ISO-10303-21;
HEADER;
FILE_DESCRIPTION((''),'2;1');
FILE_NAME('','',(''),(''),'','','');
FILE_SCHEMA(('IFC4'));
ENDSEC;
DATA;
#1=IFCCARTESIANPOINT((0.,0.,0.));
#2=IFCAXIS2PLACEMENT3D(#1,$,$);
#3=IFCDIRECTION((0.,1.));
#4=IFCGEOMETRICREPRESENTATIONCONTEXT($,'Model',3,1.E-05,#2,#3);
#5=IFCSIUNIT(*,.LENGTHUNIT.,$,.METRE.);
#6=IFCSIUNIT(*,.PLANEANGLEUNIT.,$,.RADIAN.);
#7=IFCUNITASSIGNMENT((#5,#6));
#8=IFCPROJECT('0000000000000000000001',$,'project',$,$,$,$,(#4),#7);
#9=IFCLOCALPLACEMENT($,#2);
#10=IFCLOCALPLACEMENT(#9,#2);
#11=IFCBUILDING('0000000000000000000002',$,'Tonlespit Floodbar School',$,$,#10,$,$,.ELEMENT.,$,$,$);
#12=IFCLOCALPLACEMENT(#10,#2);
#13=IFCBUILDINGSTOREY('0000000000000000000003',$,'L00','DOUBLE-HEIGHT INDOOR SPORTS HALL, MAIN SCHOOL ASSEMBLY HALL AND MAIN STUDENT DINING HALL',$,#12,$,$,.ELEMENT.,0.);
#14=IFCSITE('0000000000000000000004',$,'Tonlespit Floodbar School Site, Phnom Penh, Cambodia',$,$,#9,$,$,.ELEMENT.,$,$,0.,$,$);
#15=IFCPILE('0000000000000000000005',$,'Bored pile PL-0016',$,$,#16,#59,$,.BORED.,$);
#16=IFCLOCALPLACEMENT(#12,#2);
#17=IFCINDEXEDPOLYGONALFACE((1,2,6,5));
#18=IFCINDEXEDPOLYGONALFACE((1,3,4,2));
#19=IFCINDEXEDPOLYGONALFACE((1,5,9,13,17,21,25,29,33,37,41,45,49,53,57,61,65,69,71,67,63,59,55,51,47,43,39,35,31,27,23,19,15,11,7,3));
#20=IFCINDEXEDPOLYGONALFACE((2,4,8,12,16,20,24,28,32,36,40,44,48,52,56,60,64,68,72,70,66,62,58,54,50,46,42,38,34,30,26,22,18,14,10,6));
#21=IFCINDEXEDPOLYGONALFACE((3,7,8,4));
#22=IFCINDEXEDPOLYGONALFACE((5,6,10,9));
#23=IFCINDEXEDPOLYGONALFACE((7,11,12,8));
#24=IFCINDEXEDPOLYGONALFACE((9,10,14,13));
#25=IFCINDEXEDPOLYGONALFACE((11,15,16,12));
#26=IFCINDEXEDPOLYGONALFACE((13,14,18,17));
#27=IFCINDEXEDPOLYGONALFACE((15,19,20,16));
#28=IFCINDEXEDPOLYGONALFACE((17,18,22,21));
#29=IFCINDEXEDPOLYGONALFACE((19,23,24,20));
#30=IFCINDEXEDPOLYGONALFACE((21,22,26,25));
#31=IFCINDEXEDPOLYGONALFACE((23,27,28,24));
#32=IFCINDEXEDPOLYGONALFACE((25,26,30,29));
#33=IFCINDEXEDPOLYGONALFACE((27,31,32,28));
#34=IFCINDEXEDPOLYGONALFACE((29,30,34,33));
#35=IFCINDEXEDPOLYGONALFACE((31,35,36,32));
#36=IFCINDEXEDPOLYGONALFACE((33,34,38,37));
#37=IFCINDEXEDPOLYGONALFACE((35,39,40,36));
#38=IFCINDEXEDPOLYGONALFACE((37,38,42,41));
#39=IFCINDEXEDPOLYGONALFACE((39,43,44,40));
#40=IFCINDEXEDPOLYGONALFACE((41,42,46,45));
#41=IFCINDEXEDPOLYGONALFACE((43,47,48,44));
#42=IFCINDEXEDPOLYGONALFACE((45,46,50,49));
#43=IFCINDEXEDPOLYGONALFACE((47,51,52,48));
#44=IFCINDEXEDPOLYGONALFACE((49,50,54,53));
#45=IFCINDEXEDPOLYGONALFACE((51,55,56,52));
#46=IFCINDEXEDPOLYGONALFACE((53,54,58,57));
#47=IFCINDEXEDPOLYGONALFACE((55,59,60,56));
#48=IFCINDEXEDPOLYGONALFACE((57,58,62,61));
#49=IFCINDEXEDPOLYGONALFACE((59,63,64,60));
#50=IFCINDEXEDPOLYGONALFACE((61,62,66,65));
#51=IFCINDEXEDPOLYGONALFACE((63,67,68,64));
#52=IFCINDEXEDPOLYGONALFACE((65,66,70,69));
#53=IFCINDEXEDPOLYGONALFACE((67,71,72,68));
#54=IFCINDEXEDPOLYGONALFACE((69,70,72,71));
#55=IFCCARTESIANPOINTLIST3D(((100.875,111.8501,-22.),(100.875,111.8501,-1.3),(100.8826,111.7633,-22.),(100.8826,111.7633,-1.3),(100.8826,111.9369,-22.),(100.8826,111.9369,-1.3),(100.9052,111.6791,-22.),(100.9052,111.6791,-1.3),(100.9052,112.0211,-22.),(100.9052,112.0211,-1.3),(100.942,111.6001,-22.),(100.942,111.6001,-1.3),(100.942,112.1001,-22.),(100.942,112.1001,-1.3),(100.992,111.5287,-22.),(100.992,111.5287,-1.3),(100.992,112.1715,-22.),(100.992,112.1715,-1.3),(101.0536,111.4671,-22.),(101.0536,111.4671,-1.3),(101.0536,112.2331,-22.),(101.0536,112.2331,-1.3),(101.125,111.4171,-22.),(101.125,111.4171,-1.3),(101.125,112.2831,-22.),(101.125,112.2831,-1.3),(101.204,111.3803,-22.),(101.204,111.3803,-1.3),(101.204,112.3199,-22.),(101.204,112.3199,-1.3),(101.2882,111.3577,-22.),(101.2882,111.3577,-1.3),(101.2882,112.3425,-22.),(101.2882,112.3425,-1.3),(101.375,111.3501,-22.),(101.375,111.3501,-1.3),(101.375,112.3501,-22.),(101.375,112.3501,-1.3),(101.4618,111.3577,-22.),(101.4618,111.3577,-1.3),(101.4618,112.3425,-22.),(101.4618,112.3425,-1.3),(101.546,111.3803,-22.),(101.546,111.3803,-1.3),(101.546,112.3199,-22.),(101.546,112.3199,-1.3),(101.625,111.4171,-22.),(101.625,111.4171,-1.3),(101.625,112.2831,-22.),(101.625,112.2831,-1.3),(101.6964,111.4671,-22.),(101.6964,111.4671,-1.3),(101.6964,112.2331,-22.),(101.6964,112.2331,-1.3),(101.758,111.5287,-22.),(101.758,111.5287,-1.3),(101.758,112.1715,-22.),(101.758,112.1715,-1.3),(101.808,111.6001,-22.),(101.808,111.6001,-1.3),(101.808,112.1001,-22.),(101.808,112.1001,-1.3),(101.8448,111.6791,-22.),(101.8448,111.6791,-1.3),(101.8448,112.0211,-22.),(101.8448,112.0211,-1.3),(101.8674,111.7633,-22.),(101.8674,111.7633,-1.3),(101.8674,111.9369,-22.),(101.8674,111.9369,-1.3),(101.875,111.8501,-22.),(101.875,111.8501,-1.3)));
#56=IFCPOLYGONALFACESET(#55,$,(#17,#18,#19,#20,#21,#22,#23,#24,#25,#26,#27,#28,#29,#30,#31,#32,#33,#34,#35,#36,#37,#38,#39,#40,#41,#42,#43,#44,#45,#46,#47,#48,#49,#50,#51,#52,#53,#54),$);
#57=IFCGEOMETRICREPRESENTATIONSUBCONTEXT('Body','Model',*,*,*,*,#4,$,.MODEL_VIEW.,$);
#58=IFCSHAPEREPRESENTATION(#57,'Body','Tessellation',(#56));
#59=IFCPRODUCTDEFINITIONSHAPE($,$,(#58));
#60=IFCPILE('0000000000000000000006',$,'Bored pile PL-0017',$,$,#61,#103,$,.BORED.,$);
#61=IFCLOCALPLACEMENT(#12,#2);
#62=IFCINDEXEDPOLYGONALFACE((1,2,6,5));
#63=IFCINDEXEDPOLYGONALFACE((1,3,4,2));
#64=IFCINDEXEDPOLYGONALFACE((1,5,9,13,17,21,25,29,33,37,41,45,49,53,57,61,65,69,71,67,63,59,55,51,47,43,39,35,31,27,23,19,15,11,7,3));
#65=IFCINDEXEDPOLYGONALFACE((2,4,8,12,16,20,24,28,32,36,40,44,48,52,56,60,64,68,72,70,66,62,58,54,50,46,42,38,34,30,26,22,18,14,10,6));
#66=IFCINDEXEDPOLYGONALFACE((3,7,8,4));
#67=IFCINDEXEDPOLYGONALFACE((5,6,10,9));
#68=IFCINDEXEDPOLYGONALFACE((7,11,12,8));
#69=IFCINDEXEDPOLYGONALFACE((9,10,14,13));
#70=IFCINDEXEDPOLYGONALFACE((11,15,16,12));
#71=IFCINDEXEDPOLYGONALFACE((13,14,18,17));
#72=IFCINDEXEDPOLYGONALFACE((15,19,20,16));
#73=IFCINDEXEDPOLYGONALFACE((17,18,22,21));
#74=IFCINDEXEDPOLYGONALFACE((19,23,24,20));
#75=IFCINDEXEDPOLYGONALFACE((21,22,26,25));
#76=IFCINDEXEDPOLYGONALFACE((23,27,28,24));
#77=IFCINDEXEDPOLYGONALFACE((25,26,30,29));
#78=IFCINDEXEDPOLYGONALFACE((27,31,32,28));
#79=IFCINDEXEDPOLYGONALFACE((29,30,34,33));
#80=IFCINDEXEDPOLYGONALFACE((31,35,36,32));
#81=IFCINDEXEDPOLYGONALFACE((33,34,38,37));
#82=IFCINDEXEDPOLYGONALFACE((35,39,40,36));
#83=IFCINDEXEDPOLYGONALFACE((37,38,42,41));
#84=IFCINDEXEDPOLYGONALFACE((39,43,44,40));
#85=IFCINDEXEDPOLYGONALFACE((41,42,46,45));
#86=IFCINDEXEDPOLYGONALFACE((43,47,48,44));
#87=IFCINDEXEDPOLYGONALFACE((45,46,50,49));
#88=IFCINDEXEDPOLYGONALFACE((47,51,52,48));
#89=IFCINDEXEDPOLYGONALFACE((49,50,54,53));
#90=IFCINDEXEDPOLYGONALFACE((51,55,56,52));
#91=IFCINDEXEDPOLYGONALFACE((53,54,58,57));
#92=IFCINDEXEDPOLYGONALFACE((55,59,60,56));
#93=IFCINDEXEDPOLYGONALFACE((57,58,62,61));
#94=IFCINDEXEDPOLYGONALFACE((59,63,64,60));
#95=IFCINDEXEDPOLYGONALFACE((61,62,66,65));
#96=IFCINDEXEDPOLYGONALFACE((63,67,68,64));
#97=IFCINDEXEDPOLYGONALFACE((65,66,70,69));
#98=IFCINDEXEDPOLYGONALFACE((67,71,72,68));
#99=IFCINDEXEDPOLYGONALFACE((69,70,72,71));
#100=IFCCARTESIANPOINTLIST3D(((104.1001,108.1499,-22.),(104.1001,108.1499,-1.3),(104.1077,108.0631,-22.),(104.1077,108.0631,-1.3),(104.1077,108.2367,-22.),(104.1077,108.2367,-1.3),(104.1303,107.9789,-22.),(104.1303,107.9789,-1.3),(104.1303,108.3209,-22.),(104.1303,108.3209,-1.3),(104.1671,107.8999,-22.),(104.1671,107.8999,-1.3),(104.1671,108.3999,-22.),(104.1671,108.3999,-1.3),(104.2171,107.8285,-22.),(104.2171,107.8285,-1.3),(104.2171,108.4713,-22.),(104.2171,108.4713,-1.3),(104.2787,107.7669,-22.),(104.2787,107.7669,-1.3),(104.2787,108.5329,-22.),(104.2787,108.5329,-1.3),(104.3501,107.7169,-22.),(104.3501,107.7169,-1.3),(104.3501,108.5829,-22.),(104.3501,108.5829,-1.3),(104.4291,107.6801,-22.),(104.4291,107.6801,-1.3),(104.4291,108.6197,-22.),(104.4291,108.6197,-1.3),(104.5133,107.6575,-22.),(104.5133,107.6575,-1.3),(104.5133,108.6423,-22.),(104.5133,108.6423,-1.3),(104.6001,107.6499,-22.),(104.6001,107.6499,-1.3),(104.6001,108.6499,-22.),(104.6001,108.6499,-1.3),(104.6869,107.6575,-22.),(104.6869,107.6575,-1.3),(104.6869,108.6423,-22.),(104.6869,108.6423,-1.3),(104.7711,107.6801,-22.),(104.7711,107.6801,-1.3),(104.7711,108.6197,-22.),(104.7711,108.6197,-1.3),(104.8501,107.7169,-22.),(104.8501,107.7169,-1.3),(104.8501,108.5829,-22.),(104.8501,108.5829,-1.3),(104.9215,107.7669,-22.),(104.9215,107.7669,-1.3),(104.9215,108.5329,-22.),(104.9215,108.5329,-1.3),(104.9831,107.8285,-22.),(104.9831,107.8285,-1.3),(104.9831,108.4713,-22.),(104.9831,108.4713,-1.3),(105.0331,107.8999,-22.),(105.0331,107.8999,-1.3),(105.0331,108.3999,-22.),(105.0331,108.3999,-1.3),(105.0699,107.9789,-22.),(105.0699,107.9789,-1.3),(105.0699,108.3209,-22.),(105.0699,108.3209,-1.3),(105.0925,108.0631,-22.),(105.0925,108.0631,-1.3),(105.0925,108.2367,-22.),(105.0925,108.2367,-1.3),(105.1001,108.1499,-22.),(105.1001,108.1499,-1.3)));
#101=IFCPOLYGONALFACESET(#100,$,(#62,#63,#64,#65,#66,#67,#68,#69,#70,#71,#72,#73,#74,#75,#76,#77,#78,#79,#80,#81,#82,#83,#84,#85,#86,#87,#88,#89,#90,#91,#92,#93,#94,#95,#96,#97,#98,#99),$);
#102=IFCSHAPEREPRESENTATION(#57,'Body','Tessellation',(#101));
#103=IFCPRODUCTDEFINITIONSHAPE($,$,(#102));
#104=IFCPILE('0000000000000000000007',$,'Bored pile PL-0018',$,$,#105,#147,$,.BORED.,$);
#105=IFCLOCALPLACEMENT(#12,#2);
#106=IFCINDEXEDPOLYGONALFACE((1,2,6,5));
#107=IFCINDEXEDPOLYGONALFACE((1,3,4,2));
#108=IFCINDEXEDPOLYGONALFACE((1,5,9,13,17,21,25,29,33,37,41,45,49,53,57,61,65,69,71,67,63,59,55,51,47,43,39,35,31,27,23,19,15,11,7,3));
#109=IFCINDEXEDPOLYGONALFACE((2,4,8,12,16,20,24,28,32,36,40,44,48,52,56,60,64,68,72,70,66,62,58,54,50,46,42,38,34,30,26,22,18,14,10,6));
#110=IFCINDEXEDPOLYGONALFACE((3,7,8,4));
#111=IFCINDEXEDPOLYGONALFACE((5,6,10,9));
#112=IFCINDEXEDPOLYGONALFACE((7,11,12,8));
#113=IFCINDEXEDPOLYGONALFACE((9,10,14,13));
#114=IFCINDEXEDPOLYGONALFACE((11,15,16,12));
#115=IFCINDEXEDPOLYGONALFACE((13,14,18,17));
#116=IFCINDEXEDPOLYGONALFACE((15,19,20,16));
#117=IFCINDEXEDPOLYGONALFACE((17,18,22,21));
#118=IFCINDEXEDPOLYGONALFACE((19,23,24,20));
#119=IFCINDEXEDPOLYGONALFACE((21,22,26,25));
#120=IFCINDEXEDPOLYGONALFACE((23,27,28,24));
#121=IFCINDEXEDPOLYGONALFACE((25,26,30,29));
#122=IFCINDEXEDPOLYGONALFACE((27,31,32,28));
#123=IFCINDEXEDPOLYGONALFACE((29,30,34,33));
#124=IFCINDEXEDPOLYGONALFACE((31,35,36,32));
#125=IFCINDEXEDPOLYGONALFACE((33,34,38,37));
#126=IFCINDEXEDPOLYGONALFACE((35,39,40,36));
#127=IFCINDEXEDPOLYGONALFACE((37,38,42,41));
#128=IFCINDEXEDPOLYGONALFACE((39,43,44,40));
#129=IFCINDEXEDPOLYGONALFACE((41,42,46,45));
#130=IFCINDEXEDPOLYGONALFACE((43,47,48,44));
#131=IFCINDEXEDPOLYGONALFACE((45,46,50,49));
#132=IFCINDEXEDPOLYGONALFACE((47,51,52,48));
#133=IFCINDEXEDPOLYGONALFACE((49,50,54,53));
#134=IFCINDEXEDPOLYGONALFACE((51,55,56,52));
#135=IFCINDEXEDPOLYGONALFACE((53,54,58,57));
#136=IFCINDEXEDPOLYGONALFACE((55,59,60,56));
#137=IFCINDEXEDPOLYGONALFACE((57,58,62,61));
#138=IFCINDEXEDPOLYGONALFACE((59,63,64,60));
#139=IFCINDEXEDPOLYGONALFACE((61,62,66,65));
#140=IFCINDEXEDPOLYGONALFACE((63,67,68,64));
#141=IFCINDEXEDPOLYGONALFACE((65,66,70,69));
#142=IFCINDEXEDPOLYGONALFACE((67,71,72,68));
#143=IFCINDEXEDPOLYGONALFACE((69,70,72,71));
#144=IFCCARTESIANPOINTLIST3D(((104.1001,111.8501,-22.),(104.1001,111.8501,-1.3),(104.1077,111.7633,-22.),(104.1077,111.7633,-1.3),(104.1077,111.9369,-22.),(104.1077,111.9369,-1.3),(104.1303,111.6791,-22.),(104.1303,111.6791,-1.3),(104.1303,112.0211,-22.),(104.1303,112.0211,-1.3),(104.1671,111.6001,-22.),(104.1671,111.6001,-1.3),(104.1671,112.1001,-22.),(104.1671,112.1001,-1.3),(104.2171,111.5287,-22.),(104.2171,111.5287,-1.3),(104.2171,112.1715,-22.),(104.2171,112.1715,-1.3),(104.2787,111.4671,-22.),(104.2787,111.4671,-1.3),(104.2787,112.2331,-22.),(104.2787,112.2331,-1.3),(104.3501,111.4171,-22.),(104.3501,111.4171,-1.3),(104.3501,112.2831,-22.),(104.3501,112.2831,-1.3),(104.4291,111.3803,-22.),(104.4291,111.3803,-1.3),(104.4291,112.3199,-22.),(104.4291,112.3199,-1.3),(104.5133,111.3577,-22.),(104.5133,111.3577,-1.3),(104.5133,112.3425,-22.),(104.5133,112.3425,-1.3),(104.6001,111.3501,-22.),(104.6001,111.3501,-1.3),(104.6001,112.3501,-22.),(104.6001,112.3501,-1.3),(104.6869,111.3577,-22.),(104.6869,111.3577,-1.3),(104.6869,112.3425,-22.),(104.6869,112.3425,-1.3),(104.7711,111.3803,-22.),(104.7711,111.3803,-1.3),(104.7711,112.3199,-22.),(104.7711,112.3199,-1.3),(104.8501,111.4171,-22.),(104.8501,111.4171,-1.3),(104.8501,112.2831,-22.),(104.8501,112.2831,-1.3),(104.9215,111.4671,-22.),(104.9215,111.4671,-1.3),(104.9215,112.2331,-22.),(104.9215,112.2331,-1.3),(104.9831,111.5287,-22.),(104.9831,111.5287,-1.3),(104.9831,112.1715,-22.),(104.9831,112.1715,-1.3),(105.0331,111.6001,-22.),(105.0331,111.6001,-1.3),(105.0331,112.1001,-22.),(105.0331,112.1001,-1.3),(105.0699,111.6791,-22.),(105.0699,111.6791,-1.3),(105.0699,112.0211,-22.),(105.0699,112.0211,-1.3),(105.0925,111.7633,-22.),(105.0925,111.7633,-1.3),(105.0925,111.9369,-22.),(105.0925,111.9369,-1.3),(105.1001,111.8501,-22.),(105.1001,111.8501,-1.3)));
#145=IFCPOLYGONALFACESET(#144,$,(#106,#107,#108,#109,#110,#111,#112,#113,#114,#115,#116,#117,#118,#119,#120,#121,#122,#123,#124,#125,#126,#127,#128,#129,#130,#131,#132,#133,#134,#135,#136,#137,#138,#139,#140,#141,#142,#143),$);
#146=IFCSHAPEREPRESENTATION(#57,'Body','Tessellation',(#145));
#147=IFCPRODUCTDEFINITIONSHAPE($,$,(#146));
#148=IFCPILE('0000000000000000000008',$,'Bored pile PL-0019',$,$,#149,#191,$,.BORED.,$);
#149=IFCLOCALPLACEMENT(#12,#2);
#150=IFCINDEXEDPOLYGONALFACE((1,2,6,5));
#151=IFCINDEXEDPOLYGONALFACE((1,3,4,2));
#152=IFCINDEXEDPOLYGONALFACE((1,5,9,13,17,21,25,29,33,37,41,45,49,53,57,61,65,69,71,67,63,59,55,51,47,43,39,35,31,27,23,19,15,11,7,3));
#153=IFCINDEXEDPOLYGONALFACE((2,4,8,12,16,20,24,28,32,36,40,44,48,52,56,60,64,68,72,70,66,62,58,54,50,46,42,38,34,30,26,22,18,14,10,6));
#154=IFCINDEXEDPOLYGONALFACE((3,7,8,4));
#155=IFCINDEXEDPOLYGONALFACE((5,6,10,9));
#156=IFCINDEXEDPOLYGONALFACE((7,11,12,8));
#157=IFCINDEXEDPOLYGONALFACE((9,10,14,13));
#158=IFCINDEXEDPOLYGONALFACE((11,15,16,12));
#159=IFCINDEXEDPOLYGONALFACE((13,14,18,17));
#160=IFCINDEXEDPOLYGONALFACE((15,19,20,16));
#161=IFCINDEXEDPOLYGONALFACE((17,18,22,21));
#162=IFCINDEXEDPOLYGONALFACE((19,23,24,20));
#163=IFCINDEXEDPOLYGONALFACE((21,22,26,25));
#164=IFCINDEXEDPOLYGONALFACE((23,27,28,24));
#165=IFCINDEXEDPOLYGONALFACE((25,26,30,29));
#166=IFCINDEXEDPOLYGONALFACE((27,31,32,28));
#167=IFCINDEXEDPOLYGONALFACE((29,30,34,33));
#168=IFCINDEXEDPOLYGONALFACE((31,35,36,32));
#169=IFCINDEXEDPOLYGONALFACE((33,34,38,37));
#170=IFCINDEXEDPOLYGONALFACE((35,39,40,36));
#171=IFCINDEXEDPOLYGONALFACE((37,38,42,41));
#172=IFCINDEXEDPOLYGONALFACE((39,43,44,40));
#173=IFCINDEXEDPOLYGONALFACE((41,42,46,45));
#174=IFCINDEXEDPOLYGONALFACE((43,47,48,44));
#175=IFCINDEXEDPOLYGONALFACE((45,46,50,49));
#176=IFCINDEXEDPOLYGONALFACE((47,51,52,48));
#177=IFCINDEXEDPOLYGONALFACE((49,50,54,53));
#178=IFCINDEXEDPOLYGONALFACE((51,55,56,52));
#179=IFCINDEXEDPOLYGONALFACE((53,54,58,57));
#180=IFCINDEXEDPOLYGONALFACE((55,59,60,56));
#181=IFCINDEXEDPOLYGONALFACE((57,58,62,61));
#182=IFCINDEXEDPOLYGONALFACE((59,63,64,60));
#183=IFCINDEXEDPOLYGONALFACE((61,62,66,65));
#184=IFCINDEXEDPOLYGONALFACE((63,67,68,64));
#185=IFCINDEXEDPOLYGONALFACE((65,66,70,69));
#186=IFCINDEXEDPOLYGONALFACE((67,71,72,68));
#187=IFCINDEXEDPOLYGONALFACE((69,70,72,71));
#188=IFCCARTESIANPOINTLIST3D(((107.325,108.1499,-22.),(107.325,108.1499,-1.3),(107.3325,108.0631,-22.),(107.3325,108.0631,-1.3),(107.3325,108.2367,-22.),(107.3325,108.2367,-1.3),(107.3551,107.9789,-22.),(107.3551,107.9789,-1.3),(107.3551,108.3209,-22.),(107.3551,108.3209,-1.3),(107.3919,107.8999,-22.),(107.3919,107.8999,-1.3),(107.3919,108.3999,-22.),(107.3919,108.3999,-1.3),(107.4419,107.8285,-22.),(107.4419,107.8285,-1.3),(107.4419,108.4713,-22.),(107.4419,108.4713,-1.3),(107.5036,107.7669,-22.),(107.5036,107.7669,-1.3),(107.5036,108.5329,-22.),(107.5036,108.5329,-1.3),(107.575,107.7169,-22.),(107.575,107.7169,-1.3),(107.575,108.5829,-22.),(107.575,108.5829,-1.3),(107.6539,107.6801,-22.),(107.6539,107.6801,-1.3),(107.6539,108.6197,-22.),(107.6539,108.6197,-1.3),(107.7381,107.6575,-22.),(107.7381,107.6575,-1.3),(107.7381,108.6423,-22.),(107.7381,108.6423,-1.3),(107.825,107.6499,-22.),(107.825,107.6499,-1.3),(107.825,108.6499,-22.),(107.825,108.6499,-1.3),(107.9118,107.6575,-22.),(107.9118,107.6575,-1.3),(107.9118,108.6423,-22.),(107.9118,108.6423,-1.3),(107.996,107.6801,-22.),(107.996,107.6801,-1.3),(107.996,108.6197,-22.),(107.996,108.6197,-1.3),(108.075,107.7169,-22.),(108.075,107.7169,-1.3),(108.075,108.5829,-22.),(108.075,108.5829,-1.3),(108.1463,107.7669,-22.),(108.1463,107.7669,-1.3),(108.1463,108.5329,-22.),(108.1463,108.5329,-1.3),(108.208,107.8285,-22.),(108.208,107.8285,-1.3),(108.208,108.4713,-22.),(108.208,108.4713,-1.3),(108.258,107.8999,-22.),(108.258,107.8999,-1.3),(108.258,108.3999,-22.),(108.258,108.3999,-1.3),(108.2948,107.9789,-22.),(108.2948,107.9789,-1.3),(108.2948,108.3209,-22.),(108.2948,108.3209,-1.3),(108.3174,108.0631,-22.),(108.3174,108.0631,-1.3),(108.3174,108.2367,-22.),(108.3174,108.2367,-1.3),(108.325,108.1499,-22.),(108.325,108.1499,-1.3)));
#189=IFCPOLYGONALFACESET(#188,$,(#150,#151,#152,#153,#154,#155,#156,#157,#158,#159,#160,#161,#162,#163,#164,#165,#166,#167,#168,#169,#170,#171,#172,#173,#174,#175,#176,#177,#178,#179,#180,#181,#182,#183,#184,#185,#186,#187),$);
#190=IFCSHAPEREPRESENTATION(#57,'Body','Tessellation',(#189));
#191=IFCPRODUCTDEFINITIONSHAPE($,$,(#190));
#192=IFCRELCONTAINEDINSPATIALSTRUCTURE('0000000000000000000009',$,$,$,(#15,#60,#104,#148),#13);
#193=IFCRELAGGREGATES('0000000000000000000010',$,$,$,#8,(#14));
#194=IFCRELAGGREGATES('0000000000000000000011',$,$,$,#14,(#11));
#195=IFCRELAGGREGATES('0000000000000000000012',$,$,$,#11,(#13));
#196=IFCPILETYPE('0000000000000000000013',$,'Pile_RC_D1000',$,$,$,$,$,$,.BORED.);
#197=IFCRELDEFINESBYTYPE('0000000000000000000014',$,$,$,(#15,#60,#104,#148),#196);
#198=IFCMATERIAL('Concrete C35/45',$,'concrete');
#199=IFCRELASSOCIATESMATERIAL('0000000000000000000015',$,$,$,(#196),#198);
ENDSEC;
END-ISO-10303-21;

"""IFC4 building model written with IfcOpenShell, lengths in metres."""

from ifc_helpers import new_model, si_unit, direction, frame, origin, origin_2d, place, context, subcontext, project, spatial, circle, extrude, material, material_profile, profile_set, type_object, element, save


model = new_model("IFC4")

# Units and contexts
model_context = context("Model", 3, precision=1e-05, world=origin(), true_north=direction((0.0, 1.0)))
body_context = subcontext(model_context, "Body", "Model", "MODEL_VIEW")
ifc_project = project(units=[si_unit("LENGTHUNIT", "METRE"), si_unit("PLANEANGLEUNIT", "RADIAN")], contexts=[model_context])

# Site, building, storey
site_placement = place(None, origin())
site = spatial("IfcSite", under=ifc_project, at=site_placement, Name="Tonlespit Floodbar School Site, Phnom Penh, Cambodia", CompositionType="ELEMENT", RefElevation=0.0)
building_placement = place(site_placement, origin())
building = spatial("IfcBuilding", under=site, at=building_placement, Name="Tonlespit Floodbar School", CompositionType="ELEMENT")
storey_placement = place(building_placement, origin())
storey = spatial("IfcBuildingStorey", under=building, at=storey_placement, Name="L00", Description="DOUBLE-HEIGHT INDOOR SPORTS HALL, MAIN SCHOOL ASSEMBLY HALL AND MAIN STUDENT DINING HALL", CompositionType="ELEMENT", Elevation=0.0)

# Piles
ifc_material_1 = material(Name="Concrete C35/45", Category="concrete")
ifc_material_profile = material_profile(ifc_material_1, circle(Radius=0.5, at=origin_2d()), Name="BP D1000")
ifc_profile_set = profile_set([ifc_material_profile], Name="Concrete C35/45")
pile_type = type_object("IfcPileType", Name="Pile_RC_D1000", PredefinedType="BORED", material=ifc_profile_set)
for number, where, z_axis, x_axis, name in (
    (1, (101.375, 111.8501, -1.3), (0.0, 0.0, -1.0), (1.0, 0.0, 0.0), "Bored pile PL-0016"),
    (2, (104.6001, 108.1499, -1.3), (0.0, 0.0, -1.0), (1.0, 0.0, 0.0), "Bored pile PL-0017"),
    (3, (104.6001, 111.8501, -1.3), (0.0, 0.0, -1.0), (1.0, 0.0, 0.0), "Bored pile PL-0018"),
    (4, (107.825, 108.1499, -1.3), (0.0, 0.0, -1.0), (1.0, 0.0, 0.0), "Bored pile PL-0019"),
):
    element("IfcPile", number, at=place(storey_placement, frame(where, z_axis=z_axis, x_axis=x_axis)), inside=storey, type_object=pile_type, Name=name, PredefinedType="BORED", context=body_context, shape_type="SweptSolid", body=[
        extrude(circle(Radius=0.5, at=origin_2d()), origin(), (0.0, 0.0, 1.0), 20.7),
    ])

save(model, "model.ifc")
